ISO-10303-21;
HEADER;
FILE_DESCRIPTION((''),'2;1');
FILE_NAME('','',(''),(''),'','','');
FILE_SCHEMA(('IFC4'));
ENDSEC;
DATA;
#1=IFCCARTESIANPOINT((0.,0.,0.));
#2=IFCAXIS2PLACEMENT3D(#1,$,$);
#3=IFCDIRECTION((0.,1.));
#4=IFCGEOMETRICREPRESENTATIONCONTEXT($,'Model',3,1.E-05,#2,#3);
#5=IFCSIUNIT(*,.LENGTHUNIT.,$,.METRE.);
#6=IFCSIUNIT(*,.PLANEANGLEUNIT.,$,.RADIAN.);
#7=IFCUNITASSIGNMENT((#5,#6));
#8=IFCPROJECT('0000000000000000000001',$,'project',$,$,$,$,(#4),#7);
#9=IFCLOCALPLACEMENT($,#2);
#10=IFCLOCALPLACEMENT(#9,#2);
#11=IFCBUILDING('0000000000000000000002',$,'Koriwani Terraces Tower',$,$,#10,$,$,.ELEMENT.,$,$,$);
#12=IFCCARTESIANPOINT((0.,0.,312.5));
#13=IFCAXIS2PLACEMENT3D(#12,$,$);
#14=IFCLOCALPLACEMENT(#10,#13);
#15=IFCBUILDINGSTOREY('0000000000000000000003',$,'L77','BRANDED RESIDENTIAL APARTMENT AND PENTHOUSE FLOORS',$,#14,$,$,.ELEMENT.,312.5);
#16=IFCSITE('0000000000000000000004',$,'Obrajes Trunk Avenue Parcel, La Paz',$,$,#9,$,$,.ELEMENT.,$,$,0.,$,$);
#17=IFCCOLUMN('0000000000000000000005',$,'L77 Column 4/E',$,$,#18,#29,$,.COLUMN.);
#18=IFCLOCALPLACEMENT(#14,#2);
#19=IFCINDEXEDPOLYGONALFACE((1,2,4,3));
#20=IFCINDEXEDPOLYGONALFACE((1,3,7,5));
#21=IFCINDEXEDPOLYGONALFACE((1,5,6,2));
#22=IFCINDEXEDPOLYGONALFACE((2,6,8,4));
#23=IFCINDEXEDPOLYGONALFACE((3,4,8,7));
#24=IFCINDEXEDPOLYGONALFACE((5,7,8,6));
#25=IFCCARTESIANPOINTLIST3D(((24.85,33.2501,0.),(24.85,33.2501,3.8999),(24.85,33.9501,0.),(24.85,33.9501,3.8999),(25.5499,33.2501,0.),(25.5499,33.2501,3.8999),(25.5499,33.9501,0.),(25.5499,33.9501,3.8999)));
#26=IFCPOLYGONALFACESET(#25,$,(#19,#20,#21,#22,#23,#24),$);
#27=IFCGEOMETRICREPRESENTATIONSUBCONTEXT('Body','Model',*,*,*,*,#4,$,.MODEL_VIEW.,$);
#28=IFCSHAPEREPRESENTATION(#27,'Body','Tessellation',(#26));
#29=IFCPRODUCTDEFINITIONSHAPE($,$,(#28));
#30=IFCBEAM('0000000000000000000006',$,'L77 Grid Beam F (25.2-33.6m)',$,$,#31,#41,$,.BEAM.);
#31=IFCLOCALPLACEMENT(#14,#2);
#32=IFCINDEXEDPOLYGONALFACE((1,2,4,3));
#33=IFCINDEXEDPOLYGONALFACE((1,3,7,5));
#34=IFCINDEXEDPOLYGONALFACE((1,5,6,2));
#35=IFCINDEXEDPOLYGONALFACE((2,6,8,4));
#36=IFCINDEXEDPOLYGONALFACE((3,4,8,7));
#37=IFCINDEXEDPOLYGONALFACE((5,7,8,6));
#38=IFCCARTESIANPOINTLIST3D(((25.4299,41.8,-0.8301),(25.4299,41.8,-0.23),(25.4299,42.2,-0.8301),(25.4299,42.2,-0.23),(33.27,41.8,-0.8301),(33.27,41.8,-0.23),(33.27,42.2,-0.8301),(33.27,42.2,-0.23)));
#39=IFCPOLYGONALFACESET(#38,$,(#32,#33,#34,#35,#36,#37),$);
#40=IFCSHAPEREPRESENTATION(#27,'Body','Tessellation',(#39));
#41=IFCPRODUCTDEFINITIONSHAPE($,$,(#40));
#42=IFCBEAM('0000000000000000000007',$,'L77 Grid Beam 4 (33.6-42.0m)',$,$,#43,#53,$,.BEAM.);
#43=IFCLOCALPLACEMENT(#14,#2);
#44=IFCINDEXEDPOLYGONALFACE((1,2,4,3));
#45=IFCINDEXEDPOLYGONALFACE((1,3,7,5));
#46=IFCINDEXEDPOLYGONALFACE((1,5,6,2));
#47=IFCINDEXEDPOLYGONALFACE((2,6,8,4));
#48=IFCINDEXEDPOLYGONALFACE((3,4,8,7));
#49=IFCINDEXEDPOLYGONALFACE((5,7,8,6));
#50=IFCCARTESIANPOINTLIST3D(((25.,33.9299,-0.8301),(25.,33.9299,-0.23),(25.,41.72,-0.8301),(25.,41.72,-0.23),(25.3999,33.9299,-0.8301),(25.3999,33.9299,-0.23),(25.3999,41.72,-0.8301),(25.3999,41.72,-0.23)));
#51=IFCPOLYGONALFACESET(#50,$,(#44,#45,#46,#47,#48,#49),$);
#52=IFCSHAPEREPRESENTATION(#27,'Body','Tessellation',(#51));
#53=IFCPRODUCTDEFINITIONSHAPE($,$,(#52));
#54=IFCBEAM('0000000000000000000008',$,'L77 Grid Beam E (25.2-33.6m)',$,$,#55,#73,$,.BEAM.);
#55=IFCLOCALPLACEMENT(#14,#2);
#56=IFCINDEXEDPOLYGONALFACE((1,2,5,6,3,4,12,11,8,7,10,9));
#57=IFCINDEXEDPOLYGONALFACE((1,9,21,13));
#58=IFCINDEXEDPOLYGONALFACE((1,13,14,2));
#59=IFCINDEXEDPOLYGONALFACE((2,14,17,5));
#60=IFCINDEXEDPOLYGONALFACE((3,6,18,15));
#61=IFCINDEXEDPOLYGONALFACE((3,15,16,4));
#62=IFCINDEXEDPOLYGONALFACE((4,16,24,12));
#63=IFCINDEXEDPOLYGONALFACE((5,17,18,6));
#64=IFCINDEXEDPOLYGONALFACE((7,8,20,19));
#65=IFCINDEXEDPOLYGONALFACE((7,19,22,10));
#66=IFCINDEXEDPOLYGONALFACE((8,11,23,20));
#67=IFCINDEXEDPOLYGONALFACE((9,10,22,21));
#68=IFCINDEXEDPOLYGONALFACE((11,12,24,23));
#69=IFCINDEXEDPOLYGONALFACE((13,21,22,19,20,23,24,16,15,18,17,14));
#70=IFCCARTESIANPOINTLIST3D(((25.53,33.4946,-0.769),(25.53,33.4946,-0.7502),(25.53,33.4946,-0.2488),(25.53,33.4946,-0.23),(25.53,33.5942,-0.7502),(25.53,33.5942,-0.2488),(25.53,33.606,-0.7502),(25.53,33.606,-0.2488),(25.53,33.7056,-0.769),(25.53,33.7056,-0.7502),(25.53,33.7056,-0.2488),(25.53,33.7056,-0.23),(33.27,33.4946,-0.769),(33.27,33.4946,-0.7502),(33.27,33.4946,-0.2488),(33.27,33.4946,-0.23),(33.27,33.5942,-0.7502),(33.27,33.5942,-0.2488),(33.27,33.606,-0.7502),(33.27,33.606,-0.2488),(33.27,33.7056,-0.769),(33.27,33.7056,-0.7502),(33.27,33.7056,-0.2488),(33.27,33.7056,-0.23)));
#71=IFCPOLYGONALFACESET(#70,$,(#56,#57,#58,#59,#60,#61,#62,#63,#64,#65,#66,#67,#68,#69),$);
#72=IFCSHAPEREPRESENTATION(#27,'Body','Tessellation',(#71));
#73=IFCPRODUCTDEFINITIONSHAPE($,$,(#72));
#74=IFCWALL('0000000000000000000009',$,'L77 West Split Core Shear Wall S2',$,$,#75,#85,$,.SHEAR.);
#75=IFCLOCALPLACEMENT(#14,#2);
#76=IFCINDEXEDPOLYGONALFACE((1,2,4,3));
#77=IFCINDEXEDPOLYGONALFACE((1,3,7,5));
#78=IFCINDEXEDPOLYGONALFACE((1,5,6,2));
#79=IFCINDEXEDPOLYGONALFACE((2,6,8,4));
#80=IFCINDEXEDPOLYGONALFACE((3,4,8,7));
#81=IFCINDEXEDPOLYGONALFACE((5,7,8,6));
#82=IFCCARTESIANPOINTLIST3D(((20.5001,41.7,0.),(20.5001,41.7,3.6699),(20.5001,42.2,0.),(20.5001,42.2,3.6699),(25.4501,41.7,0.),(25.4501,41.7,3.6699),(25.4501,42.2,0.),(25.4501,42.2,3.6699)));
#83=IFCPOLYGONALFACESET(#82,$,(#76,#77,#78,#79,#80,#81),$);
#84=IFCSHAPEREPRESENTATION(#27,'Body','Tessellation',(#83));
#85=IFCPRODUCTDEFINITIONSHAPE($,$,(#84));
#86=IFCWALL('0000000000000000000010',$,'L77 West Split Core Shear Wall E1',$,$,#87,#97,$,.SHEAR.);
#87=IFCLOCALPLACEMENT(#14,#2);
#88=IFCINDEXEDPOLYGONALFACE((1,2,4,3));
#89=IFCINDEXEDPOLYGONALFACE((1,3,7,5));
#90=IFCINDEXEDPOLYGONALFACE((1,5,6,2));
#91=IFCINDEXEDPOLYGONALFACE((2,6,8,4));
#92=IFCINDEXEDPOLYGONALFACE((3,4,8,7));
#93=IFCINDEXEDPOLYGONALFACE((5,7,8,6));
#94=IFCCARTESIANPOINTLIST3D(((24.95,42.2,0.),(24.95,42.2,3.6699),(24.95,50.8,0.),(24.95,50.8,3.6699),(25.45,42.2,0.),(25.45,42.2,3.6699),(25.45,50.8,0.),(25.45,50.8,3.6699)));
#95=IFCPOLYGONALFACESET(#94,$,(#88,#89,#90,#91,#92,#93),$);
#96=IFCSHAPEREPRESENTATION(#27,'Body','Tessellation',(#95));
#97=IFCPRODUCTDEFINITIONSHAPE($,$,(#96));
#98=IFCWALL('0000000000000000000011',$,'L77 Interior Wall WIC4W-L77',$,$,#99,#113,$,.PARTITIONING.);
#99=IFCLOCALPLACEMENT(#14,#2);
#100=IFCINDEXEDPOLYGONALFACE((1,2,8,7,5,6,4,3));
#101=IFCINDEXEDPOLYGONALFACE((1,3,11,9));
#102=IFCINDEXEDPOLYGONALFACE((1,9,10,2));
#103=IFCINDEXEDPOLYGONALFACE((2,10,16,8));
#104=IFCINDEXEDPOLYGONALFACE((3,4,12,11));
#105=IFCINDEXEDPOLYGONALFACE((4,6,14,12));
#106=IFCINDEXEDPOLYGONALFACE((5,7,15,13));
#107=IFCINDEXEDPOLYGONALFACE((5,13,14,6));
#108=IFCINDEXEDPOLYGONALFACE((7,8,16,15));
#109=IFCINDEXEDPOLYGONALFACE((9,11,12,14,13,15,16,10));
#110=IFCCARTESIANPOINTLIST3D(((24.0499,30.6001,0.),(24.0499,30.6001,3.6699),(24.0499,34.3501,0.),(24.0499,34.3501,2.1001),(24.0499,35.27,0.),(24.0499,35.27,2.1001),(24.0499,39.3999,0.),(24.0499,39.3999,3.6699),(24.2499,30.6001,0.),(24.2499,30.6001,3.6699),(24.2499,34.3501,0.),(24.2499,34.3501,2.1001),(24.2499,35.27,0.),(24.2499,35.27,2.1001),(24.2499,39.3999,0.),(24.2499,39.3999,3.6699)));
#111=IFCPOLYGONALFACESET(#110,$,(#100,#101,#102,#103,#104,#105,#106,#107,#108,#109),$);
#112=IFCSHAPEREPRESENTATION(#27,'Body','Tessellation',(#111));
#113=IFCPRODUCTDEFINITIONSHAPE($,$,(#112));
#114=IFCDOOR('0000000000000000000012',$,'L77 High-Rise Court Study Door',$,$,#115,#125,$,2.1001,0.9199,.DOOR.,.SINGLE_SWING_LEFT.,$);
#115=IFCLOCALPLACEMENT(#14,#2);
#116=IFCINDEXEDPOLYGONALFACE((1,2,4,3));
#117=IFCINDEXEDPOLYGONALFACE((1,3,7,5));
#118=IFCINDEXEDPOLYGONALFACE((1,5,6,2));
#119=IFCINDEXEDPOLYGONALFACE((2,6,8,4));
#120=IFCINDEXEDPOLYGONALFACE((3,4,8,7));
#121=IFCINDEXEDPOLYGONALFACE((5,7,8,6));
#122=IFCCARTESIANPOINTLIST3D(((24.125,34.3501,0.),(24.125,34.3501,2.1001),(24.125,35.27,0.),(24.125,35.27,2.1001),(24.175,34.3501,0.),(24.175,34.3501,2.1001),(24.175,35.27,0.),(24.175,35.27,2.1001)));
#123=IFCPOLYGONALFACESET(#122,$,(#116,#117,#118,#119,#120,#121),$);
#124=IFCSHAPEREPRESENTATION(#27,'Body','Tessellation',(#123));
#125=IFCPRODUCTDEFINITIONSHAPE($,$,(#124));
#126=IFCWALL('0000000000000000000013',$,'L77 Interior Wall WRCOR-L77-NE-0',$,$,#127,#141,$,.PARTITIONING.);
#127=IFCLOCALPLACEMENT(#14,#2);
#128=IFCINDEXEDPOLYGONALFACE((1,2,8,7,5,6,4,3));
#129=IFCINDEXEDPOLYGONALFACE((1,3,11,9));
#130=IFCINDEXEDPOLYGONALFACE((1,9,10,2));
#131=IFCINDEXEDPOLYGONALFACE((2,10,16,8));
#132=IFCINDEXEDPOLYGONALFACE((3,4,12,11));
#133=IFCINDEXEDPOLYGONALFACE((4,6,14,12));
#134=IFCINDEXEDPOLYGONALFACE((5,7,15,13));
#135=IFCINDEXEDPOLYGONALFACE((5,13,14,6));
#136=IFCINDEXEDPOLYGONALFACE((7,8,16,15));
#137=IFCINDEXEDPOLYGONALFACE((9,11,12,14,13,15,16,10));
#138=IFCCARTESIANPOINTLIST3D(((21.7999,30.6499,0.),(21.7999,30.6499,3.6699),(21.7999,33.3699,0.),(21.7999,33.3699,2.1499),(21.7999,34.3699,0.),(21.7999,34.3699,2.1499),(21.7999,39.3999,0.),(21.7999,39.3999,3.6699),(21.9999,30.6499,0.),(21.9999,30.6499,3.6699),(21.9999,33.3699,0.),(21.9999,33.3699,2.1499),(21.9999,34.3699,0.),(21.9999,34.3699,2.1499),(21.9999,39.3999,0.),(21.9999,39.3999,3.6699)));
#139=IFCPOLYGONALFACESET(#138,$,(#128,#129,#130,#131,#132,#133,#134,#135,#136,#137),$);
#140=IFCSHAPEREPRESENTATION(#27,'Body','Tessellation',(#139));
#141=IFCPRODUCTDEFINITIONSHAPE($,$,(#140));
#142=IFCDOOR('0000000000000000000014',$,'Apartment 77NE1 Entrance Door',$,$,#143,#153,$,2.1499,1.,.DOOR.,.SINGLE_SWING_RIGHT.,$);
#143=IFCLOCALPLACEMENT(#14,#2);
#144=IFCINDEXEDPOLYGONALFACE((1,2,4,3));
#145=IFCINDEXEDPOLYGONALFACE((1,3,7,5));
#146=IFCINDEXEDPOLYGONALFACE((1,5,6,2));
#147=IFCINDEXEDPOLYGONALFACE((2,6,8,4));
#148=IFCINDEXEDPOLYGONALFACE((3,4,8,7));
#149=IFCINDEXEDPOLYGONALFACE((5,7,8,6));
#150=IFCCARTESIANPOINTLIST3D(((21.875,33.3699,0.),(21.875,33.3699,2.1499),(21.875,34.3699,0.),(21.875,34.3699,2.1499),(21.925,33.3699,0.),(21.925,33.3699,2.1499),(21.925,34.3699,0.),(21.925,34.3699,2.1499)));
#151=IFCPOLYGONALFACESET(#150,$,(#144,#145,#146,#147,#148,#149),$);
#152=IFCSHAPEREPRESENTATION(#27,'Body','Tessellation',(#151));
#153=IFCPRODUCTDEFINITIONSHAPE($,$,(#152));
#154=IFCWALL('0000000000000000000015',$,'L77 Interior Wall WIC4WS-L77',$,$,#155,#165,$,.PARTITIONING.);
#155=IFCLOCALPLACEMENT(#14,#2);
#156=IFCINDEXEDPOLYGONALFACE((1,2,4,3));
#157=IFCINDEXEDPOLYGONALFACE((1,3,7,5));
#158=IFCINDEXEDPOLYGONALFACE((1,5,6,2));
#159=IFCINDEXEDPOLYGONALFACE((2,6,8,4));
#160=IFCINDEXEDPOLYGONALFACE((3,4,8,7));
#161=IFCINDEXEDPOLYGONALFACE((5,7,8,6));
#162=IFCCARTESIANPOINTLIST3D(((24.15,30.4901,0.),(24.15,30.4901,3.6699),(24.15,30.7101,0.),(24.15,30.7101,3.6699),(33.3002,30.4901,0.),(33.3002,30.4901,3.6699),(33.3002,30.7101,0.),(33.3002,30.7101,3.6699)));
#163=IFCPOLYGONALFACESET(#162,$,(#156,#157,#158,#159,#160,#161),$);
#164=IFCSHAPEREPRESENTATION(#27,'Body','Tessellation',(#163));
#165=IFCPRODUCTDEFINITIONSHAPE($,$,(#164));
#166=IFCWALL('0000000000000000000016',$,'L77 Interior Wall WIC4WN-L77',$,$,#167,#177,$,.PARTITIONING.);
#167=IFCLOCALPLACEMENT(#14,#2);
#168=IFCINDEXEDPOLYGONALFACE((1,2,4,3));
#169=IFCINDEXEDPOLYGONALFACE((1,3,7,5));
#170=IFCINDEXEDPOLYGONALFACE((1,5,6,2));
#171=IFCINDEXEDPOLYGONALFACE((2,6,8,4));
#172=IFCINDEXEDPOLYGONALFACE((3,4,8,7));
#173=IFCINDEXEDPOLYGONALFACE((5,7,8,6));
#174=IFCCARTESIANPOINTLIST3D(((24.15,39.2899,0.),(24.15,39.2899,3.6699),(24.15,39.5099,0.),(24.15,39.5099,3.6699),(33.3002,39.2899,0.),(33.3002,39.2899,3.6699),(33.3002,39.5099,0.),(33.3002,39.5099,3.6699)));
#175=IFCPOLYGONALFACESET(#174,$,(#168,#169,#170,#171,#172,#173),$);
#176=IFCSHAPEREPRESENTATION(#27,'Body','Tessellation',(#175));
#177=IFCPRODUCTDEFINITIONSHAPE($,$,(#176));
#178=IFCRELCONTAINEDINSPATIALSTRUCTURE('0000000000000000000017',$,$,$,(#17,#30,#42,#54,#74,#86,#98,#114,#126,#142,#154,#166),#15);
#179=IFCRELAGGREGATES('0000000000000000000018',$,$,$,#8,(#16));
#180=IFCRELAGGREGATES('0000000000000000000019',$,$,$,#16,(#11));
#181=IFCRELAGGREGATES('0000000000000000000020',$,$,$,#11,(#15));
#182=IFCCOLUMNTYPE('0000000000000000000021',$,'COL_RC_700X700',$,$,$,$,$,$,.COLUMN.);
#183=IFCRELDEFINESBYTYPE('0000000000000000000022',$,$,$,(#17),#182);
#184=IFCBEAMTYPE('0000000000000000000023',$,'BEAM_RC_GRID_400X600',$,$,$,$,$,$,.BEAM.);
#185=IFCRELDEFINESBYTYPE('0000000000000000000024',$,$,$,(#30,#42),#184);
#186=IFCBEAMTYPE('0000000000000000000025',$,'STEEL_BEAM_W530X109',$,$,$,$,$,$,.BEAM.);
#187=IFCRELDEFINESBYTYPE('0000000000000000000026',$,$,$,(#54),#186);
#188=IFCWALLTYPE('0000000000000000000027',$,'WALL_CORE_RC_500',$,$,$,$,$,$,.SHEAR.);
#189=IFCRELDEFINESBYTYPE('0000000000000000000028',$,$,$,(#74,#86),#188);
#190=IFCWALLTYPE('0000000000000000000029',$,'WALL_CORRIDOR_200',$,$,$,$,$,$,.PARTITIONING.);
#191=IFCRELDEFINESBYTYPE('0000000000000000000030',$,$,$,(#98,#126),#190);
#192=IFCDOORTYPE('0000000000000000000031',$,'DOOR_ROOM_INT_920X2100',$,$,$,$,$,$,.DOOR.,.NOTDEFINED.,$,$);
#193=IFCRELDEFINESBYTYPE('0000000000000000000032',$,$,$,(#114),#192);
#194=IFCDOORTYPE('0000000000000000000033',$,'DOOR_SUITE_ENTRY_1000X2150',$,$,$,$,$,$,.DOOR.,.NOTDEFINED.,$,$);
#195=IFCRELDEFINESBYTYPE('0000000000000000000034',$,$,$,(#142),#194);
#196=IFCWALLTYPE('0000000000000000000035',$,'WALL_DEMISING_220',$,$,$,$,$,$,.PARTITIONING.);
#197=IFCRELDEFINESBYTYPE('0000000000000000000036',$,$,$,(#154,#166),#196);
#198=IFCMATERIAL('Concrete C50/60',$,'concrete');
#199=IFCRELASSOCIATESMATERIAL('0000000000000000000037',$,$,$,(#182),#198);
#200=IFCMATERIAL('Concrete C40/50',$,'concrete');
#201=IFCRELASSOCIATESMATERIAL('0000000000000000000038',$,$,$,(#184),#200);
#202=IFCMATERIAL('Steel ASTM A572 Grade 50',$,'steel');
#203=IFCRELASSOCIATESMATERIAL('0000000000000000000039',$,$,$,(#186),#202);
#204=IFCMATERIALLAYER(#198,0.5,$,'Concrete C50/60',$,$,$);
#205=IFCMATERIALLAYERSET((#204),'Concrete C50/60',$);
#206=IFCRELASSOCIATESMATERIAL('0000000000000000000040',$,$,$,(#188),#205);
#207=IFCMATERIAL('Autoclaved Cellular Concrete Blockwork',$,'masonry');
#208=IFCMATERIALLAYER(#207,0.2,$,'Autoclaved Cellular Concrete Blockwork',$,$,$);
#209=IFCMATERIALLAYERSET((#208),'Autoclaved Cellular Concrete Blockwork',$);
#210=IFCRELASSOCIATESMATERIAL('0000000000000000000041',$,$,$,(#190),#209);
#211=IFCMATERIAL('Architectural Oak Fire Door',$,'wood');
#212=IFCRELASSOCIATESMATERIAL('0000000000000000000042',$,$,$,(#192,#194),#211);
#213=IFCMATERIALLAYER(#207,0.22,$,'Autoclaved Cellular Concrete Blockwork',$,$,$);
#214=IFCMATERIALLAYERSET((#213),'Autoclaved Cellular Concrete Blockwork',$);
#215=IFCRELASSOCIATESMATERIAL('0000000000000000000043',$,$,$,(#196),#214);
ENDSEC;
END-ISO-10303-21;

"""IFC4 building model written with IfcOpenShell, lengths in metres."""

from ifc_helpers import new_model, si_unit, direction, frame, frame_2d, origin, origin_2d, place, context, subcontext, project, spatial, rectangle, i_section, extrude, material, layer, layer_set, material_profile, profile_set, type_object, element, fill, save


model = new_model("IFC4")

# Units and contexts
model_context = context("Model", 3, precision=1e-05, world=origin(), true_north=direction((0.0, 1.0)))
body_context = subcontext(model_context, "Body", "Model", "MODEL_VIEW")
ifc_project = project(units=[si_unit("LENGTHUNIT", "METRE"), si_unit("PLANEANGLEUNIT", "RADIAN")], contexts=[model_context])

# Site, building, storey
site_placement = place(None, origin())
site = spatial("IfcSite", under=ifc_project, at=site_placement, Name="Obrajes Trunk Avenue Parcel, La Paz", CompositionType="ELEMENT", RefElevation=0.0)
building_placement = place(site_placement, origin())
building = spatial("IfcBuilding", under=site, at=building_placement, Name="Koriwani Terraces Tower", CompositionType="ELEMENT")
storey_placement = place(building_placement, frame((0.0, 0.0, 312.5)))
storey = spatial("IfcBuildingStorey", under=building, at=storey_placement, Name="L77", Description="BRANDED RESIDENTIAL APARTMENT AND PENTHOUSE FLOORS", CompositionType="ELEMENT", Elevation=312.5)

# Column
ifc_material_1 = material(Name="Concrete C50/60", Category="concrete")
ifc_material_profile_1 = material_profile(ifc_material_1, rectangle(XDim=0.7, YDim=0.7, at=origin_2d()), Name="Concrete C50/60", Category="LoadBearing")
ifc_profile_set_1 = profile_set([ifc_material_profile_1], Name="Concrete C50/60")
column_type = type_object("IfcColumnType", Name="COL_RC_700X700", PredefinedType="COLUMN", material=ifc_profile_set_1)
column_placement = place(storey_placement, frame((25.2, 33.6001, 0.0), z_axis=(0.0, 0.0, 1.0), x_axis=(1.0, 0.0, 0.0)))
element("IfcColumn", 1, at=column_placement, inside=storey, type_object=column_type, Name="L77 Column 4/E", PredefinedType="COLUMN", context=body_context, shape_type="SweptSolid", body=[
    extrude(rectangle(XDim=0.7, YDim=0.7, at=origin_2d()), origin(), (0.0, 0.0, 1.0), 3.8999),
])

# Beams
ifc_material_2 = material(Name="Concrete C40/50", Category="concrete")
ifc_material_profile_2 = material_profile(ifc_material_2, rectangle(XDim=0.3999, YDim=0.6001, at=origin_2d()), Name="Concrete C40/50", Category="LoadBearing")
ifc_profile_set_2 = profile_set([ifc_material_profile_2], Name="Concrete C40/50")
beam_type_1 = type_object("IfcBeamType", Name="BEAM_RC_GRID_400X600", PredefinedType="BEAM", material=ifc_profile_set_2)
beam_1_placement = place(storey_placement, frame((25.4299, 42.0, -0.53), z_axis=(1.0, 0.0, 0.0), x_axis=(0.0, 1.0, 0.0)))
element("IfcBeam", 2, at=beam_1_placement, inside=storey, type_object=beam_type_1, Name="L77 Grid Beam F (25.2-33.6m)", PredefinedType="BEAM", context=body_context, shape_type="SweptSolid", body=[
    extrude(rectangle(XDim=0.3999, YDim=0.6001, at=origin_2d()), origin(), (0.0, 0.0, 1.0), 7.8401),
])
beam_2_placement = place(storey_placement, frame((25.2, 33.9299, -0.53), z_axis=(0.0, 1.0, 0.0), x_axis=(-1.0, 0.0, 0.0)))
element("IfcBeam", 3, at=beam_2_placement, inside=storey, type_object=beam_type_1, Name="L77 Grid Beam 4 (33.6-42.0m)", PredefinedType="BEAM", context=body_context, shape_type="SweptSolid", body=[
    extrude(rectangle(XDim=0.3999, YDim=0.6001, at=origin_2d()), origin(), (0.0, 0.0, 1.0), 7.79),
])
ifc_material_3 = material(Name="Steel ASTM A572 Grade 50", Category="steel")
ifc_material_profile_3 = material_profile(ifc_material_3, i_section(OverallWidth=0.2109, OverallDepth=0.5391, WebThickness=0.0117, FlangeThickness=0.0188, at=origin_2d()), Name="Steel ASTM A572 Grade 50", Category="LoadBearing")
ifc_profile_set_3 = profile_set([ifc_material_profile_3], Name="Steel ASTM A572 Grade 50")
beam_type_2 = type_object("IfcBeamType", Name="STEEL_BEAM_W530X109", PredefinedType="BEAM", material=ifc_profile_set_3)
beam_3_placement = place(storey_placement, frame((25.53, 33.6001, -0.4995), z_axis=(1.0, 0.0, 0.0), x_axis=(0.0, 1.0, 0.0)))
element("IfcBeam", 4, at=beam_3_placement, inside=storey, type_object=beam_type_2, Name="L77 Grid Beam E (25.2-33.6m)", PredefinedType="BEAM", context=body_context, shape_type="SweptSolid", body=[
    extrude(i_section(OverallWidth=0.2109, OverallDepth=0.5391, WebThickness=0.0117, FlangeThickness=0.0188, at=origin_2d()), origin(), (0.0, 0.0, 1.0), 7.74),
])

# Walls
ifc_layer_1 = layer(ifc_material_1, 0.5, Name="Concrete C50/60")
ifc_layer_set_1 = layer_set([ifc_layer_1], Name="Concrete C50/60")
wall_type_1 = type_object("IfcWallType", Name="WALL_CORE_RC_500", PredefinedType="SHEAR", material=ifc_layer_set_1)
wall_1_placement = place(storey_placement, frame((20.5, 41.95, 0.0), z_axis=(0.0, 0.0, 1.0), x_axis=(1.0, 0.0, 0.0)))
element("IfcWall", 5, at=wall_1_placement, inside=storey, type_object=wall_type_1, Name="L77 West Split Core Shear Wall S2", PredefinedType="SHEAR", context=body_context, shape_type="SweptSolid", body=[
    extrude(rectangle(XDim=4.95, YDim=0.5, at=frame_2d((2.4751, 0.0))), origin(), (0.0, 0.0, 1.0), 3.6699),
])
wall_2_placement = place(storey_placement, frame((25.2, 42.2, 0.0), z_axis=(0.0, 0.0, 1.0), x_axis=(0.0, 1.0, 0.0)))
element("IfcWall", 6, at=wall_2_placement, inside=storey, type_object=wall_type_1, Name="L77 West Split Core Shear Wall E1", PredefinedType="SHEAR", context=body_context, shape_type="SweptSolid", body=[
    extrude(rectangle(XDim=8.6001, YDim=0.5, at=frame_2d((4.3, 0.0))), origin(), (0.0, 0.0, 1.0), 3.6699),
])

# Walls, openings, doors
ifc_material_4 = material(Name="Autoclaved Cellular Concrete Blockwork", Category="masonry")
ifc_layer_2 = layer(ifc_material_4, 0.2, Name="Autoclaved Cellular Concrete Blockwork")
ifc_layer_set_2 = layer_set([ifc_layer_2], Name="Autoclaved Cellular Concrete Blockwork")
wall_type_2 = type_object("IfcWallType", Name="WALL_CORRIDOR_200", PredefinedType="PARTITIONING", material=ifc_layer_set_2)
wall_3_placement = place(storey_placement, frame((24.1499, 30.6001, 0.0), z_axis=(0.0, 0.0, 1.0), x_axis=(0.0, 1.0, 0.0)))
wall_3 = element("IfcWall", 7, at=wall_3_placement, inside=storey, type_object=wall_type_2, Name="L77 Interior Wall WIC4W-L77", PredefinedType="PARTITIONING", context=body_context, shape_type="SweptSolid", body=[
    extrude(rectangle(XDim=8.7998, YDim=0.2, at=frame_2d((4.3999, 0.0))), origin(), (0.0, 0.0, 1.0), 3.6699),
])
opening_1_placement = place(wall_3_placement, frame((3.75, 0.0, 0.0)))
opening_1 = element("IfcOpeningElement", 8, at=opening_1_placement, cuts=wall_3, PredefinedType="OPENING", context=body_context, shape_type="SweptSolid", body=[
    extrude(rectangle(XDim=0.9199, YDim=2.1001, at=frame_2d((0.46, 1.05))), frame((0.0, 0.1099, 0.0), z_axis=(0.0, -1.0, 0.0), x_axis=(1.0, 0.0, 0.0)), (0.0, 0.0, 1.0), 0.22),
])
ifc_material_5 = material(Name="Architectural Oak Fire Door", Category="wood")
door_type_1 = type_object("IfcDoorType", Name="DOOR_ROOM_INT_920X2100", OperationType="NOTDEFINED", PredefinedType="DOOR", material=ifc_material_5)
door_1_placement = place(opening_1_placement, origin())
door_1 = element("IfcDoor", 9, at=door_1_placement, inside=storey, type_object=door_type_1, Name="L77 High-Rise Court Study Door", OperationType="SINGLE_SWING_LEFT", OverallHeight=2.1001, OverallWidth=0.9199, PredefinedType="DOOR", context=body_context, shape_type="SweptSolid", body=[
    extrude(rectangle(XDim=0.9199, YDim=2.1001, at=frame_2d((0.46, 1.05))), frame((0.0, 0.0249, 0.0), z_axis=(0.0, -1.0, 0.0), x_axis=(1.0, 0.0, 0.0)), (0.0, 0.0, 1.0), 0.05),
])
fill(opening_1, door_1)
wall_4_placement = place(storey_placement, frame((21.8999, 30.6499, 0.0), z_axis=(0.0, 0.0, 1.0), x_axis=(0.0, 1.0, 0.0)))
wall_4 = element("IfcWall", 10, at=wall_4_placement, inside=storey, type_object=wall_type_2, Name="L77 Interior Wall WRCOR-L77-NE-0", PredefinedType="PARTITIONING", context=body_context, shape_type="SweptSolid", body=[
    extrude(rectangle(XDim=8.75, YDim=0.2, at=frame_2d((4.375, 0.0))), origin(), (0.0, 0.0, 1.0), 3.6699),
])
opening_2_placement = place(wall_4_placement, frame((2.72, 0.0, 0.0)))
opening_2 = element("IfcOpeningElement", 11, at=opening_2_placement, cuts=wall_4, PredefinedType="OPENING", context=body_context, shape_type="SweptSolid", body=[
    extrude(rectangle(XDim=1.0, YDim=2.1499, at=frame_2d((0.5, 1.075))), frame((0.0, 0.1099, 0.0), z_axis=(0.0, -1.0, 0.0), x_axis=(1.0, 0.0, 0.0)), (0.0, 0.0, 1.0), 0.22),
])
door_type_2 = type_object("IfcDoorType", Name="DOOR_SUITE_ENTRY_1000X2150", OperationType="NOTDEFINED", PredefinedType="DOOR", material=ifc_material_5)
door_2_placement = place(opening_2_placement, origin())
door_2 = element("IfcDoor", 12, at=door_2_placement, inside=storey, type_object=door_type_2, Name="Apartment 77NE1 Entrance Door", OperationType="SINGLE_SWING_RIGHT", OverallHeight=2.1499, OverallWidth=1.0, PredefinedType="DOOR", context=body_context, shape_type="SweptSolid", body=[
    extrude(rectangle(XDim=1.0, YDim=2.1499, at=frame_2d((0.5, 1.075))), frame((0.0, 0.0249, 0.0), z_axis=(0.0, -1.0, 0.0), x_axis=(1.0, 0.0, 0.0)), (0.0, 0.0, 1.0), 0.05),
])
fill(opening_2, door_2)

# Walls
ifc_layer_3 = layer(ifc_material_4, 0.22, Name="Autoclaved Cellular Concrete Blockwork")
ifc_layer_set_3 = layer_set([ifc_layer_3], Name="Autoclaved Cellular Concrete Blockwork")
wall_type_3 = type_object("IfcWallType", Name="WALL_DEMISING_220", PredefinedType="PARTITIONING", material=ifc_layer_set_3)
for number, where, z_axis, x_axis, name in (
    (13, (24.1499, 30.6001, 0.0), (0.0, 0.0, 1.0), (1.0, 0.0, 0.0), "L77 Interior Wall WIC4WS-L77"),
    (14, (24.1499, 39.3999, 0.0), (0.0, 0.0, 1.0), (1.0, 0.0, 0.0), "L77 Interior Wall WIC4WN-L77"),
):
    element("IfcWall", number, at=place(storey_placement, frame(where, z_axis=z_axis, x_axis=x_axis)), inside=storey, type_object=wall_type_3, Name=name, PredefinedType="PARTITIONING", context=body_context, shape_type="SweptSolid", body=[
        extrude(rectangle(XDim=9.1501, YDim=0.22, at=frame_2d((4.5752, 0.0))), origin(), (0.0, 0.0, 1.0), 3.6699),
    ])

save(model, "model.ifc")
